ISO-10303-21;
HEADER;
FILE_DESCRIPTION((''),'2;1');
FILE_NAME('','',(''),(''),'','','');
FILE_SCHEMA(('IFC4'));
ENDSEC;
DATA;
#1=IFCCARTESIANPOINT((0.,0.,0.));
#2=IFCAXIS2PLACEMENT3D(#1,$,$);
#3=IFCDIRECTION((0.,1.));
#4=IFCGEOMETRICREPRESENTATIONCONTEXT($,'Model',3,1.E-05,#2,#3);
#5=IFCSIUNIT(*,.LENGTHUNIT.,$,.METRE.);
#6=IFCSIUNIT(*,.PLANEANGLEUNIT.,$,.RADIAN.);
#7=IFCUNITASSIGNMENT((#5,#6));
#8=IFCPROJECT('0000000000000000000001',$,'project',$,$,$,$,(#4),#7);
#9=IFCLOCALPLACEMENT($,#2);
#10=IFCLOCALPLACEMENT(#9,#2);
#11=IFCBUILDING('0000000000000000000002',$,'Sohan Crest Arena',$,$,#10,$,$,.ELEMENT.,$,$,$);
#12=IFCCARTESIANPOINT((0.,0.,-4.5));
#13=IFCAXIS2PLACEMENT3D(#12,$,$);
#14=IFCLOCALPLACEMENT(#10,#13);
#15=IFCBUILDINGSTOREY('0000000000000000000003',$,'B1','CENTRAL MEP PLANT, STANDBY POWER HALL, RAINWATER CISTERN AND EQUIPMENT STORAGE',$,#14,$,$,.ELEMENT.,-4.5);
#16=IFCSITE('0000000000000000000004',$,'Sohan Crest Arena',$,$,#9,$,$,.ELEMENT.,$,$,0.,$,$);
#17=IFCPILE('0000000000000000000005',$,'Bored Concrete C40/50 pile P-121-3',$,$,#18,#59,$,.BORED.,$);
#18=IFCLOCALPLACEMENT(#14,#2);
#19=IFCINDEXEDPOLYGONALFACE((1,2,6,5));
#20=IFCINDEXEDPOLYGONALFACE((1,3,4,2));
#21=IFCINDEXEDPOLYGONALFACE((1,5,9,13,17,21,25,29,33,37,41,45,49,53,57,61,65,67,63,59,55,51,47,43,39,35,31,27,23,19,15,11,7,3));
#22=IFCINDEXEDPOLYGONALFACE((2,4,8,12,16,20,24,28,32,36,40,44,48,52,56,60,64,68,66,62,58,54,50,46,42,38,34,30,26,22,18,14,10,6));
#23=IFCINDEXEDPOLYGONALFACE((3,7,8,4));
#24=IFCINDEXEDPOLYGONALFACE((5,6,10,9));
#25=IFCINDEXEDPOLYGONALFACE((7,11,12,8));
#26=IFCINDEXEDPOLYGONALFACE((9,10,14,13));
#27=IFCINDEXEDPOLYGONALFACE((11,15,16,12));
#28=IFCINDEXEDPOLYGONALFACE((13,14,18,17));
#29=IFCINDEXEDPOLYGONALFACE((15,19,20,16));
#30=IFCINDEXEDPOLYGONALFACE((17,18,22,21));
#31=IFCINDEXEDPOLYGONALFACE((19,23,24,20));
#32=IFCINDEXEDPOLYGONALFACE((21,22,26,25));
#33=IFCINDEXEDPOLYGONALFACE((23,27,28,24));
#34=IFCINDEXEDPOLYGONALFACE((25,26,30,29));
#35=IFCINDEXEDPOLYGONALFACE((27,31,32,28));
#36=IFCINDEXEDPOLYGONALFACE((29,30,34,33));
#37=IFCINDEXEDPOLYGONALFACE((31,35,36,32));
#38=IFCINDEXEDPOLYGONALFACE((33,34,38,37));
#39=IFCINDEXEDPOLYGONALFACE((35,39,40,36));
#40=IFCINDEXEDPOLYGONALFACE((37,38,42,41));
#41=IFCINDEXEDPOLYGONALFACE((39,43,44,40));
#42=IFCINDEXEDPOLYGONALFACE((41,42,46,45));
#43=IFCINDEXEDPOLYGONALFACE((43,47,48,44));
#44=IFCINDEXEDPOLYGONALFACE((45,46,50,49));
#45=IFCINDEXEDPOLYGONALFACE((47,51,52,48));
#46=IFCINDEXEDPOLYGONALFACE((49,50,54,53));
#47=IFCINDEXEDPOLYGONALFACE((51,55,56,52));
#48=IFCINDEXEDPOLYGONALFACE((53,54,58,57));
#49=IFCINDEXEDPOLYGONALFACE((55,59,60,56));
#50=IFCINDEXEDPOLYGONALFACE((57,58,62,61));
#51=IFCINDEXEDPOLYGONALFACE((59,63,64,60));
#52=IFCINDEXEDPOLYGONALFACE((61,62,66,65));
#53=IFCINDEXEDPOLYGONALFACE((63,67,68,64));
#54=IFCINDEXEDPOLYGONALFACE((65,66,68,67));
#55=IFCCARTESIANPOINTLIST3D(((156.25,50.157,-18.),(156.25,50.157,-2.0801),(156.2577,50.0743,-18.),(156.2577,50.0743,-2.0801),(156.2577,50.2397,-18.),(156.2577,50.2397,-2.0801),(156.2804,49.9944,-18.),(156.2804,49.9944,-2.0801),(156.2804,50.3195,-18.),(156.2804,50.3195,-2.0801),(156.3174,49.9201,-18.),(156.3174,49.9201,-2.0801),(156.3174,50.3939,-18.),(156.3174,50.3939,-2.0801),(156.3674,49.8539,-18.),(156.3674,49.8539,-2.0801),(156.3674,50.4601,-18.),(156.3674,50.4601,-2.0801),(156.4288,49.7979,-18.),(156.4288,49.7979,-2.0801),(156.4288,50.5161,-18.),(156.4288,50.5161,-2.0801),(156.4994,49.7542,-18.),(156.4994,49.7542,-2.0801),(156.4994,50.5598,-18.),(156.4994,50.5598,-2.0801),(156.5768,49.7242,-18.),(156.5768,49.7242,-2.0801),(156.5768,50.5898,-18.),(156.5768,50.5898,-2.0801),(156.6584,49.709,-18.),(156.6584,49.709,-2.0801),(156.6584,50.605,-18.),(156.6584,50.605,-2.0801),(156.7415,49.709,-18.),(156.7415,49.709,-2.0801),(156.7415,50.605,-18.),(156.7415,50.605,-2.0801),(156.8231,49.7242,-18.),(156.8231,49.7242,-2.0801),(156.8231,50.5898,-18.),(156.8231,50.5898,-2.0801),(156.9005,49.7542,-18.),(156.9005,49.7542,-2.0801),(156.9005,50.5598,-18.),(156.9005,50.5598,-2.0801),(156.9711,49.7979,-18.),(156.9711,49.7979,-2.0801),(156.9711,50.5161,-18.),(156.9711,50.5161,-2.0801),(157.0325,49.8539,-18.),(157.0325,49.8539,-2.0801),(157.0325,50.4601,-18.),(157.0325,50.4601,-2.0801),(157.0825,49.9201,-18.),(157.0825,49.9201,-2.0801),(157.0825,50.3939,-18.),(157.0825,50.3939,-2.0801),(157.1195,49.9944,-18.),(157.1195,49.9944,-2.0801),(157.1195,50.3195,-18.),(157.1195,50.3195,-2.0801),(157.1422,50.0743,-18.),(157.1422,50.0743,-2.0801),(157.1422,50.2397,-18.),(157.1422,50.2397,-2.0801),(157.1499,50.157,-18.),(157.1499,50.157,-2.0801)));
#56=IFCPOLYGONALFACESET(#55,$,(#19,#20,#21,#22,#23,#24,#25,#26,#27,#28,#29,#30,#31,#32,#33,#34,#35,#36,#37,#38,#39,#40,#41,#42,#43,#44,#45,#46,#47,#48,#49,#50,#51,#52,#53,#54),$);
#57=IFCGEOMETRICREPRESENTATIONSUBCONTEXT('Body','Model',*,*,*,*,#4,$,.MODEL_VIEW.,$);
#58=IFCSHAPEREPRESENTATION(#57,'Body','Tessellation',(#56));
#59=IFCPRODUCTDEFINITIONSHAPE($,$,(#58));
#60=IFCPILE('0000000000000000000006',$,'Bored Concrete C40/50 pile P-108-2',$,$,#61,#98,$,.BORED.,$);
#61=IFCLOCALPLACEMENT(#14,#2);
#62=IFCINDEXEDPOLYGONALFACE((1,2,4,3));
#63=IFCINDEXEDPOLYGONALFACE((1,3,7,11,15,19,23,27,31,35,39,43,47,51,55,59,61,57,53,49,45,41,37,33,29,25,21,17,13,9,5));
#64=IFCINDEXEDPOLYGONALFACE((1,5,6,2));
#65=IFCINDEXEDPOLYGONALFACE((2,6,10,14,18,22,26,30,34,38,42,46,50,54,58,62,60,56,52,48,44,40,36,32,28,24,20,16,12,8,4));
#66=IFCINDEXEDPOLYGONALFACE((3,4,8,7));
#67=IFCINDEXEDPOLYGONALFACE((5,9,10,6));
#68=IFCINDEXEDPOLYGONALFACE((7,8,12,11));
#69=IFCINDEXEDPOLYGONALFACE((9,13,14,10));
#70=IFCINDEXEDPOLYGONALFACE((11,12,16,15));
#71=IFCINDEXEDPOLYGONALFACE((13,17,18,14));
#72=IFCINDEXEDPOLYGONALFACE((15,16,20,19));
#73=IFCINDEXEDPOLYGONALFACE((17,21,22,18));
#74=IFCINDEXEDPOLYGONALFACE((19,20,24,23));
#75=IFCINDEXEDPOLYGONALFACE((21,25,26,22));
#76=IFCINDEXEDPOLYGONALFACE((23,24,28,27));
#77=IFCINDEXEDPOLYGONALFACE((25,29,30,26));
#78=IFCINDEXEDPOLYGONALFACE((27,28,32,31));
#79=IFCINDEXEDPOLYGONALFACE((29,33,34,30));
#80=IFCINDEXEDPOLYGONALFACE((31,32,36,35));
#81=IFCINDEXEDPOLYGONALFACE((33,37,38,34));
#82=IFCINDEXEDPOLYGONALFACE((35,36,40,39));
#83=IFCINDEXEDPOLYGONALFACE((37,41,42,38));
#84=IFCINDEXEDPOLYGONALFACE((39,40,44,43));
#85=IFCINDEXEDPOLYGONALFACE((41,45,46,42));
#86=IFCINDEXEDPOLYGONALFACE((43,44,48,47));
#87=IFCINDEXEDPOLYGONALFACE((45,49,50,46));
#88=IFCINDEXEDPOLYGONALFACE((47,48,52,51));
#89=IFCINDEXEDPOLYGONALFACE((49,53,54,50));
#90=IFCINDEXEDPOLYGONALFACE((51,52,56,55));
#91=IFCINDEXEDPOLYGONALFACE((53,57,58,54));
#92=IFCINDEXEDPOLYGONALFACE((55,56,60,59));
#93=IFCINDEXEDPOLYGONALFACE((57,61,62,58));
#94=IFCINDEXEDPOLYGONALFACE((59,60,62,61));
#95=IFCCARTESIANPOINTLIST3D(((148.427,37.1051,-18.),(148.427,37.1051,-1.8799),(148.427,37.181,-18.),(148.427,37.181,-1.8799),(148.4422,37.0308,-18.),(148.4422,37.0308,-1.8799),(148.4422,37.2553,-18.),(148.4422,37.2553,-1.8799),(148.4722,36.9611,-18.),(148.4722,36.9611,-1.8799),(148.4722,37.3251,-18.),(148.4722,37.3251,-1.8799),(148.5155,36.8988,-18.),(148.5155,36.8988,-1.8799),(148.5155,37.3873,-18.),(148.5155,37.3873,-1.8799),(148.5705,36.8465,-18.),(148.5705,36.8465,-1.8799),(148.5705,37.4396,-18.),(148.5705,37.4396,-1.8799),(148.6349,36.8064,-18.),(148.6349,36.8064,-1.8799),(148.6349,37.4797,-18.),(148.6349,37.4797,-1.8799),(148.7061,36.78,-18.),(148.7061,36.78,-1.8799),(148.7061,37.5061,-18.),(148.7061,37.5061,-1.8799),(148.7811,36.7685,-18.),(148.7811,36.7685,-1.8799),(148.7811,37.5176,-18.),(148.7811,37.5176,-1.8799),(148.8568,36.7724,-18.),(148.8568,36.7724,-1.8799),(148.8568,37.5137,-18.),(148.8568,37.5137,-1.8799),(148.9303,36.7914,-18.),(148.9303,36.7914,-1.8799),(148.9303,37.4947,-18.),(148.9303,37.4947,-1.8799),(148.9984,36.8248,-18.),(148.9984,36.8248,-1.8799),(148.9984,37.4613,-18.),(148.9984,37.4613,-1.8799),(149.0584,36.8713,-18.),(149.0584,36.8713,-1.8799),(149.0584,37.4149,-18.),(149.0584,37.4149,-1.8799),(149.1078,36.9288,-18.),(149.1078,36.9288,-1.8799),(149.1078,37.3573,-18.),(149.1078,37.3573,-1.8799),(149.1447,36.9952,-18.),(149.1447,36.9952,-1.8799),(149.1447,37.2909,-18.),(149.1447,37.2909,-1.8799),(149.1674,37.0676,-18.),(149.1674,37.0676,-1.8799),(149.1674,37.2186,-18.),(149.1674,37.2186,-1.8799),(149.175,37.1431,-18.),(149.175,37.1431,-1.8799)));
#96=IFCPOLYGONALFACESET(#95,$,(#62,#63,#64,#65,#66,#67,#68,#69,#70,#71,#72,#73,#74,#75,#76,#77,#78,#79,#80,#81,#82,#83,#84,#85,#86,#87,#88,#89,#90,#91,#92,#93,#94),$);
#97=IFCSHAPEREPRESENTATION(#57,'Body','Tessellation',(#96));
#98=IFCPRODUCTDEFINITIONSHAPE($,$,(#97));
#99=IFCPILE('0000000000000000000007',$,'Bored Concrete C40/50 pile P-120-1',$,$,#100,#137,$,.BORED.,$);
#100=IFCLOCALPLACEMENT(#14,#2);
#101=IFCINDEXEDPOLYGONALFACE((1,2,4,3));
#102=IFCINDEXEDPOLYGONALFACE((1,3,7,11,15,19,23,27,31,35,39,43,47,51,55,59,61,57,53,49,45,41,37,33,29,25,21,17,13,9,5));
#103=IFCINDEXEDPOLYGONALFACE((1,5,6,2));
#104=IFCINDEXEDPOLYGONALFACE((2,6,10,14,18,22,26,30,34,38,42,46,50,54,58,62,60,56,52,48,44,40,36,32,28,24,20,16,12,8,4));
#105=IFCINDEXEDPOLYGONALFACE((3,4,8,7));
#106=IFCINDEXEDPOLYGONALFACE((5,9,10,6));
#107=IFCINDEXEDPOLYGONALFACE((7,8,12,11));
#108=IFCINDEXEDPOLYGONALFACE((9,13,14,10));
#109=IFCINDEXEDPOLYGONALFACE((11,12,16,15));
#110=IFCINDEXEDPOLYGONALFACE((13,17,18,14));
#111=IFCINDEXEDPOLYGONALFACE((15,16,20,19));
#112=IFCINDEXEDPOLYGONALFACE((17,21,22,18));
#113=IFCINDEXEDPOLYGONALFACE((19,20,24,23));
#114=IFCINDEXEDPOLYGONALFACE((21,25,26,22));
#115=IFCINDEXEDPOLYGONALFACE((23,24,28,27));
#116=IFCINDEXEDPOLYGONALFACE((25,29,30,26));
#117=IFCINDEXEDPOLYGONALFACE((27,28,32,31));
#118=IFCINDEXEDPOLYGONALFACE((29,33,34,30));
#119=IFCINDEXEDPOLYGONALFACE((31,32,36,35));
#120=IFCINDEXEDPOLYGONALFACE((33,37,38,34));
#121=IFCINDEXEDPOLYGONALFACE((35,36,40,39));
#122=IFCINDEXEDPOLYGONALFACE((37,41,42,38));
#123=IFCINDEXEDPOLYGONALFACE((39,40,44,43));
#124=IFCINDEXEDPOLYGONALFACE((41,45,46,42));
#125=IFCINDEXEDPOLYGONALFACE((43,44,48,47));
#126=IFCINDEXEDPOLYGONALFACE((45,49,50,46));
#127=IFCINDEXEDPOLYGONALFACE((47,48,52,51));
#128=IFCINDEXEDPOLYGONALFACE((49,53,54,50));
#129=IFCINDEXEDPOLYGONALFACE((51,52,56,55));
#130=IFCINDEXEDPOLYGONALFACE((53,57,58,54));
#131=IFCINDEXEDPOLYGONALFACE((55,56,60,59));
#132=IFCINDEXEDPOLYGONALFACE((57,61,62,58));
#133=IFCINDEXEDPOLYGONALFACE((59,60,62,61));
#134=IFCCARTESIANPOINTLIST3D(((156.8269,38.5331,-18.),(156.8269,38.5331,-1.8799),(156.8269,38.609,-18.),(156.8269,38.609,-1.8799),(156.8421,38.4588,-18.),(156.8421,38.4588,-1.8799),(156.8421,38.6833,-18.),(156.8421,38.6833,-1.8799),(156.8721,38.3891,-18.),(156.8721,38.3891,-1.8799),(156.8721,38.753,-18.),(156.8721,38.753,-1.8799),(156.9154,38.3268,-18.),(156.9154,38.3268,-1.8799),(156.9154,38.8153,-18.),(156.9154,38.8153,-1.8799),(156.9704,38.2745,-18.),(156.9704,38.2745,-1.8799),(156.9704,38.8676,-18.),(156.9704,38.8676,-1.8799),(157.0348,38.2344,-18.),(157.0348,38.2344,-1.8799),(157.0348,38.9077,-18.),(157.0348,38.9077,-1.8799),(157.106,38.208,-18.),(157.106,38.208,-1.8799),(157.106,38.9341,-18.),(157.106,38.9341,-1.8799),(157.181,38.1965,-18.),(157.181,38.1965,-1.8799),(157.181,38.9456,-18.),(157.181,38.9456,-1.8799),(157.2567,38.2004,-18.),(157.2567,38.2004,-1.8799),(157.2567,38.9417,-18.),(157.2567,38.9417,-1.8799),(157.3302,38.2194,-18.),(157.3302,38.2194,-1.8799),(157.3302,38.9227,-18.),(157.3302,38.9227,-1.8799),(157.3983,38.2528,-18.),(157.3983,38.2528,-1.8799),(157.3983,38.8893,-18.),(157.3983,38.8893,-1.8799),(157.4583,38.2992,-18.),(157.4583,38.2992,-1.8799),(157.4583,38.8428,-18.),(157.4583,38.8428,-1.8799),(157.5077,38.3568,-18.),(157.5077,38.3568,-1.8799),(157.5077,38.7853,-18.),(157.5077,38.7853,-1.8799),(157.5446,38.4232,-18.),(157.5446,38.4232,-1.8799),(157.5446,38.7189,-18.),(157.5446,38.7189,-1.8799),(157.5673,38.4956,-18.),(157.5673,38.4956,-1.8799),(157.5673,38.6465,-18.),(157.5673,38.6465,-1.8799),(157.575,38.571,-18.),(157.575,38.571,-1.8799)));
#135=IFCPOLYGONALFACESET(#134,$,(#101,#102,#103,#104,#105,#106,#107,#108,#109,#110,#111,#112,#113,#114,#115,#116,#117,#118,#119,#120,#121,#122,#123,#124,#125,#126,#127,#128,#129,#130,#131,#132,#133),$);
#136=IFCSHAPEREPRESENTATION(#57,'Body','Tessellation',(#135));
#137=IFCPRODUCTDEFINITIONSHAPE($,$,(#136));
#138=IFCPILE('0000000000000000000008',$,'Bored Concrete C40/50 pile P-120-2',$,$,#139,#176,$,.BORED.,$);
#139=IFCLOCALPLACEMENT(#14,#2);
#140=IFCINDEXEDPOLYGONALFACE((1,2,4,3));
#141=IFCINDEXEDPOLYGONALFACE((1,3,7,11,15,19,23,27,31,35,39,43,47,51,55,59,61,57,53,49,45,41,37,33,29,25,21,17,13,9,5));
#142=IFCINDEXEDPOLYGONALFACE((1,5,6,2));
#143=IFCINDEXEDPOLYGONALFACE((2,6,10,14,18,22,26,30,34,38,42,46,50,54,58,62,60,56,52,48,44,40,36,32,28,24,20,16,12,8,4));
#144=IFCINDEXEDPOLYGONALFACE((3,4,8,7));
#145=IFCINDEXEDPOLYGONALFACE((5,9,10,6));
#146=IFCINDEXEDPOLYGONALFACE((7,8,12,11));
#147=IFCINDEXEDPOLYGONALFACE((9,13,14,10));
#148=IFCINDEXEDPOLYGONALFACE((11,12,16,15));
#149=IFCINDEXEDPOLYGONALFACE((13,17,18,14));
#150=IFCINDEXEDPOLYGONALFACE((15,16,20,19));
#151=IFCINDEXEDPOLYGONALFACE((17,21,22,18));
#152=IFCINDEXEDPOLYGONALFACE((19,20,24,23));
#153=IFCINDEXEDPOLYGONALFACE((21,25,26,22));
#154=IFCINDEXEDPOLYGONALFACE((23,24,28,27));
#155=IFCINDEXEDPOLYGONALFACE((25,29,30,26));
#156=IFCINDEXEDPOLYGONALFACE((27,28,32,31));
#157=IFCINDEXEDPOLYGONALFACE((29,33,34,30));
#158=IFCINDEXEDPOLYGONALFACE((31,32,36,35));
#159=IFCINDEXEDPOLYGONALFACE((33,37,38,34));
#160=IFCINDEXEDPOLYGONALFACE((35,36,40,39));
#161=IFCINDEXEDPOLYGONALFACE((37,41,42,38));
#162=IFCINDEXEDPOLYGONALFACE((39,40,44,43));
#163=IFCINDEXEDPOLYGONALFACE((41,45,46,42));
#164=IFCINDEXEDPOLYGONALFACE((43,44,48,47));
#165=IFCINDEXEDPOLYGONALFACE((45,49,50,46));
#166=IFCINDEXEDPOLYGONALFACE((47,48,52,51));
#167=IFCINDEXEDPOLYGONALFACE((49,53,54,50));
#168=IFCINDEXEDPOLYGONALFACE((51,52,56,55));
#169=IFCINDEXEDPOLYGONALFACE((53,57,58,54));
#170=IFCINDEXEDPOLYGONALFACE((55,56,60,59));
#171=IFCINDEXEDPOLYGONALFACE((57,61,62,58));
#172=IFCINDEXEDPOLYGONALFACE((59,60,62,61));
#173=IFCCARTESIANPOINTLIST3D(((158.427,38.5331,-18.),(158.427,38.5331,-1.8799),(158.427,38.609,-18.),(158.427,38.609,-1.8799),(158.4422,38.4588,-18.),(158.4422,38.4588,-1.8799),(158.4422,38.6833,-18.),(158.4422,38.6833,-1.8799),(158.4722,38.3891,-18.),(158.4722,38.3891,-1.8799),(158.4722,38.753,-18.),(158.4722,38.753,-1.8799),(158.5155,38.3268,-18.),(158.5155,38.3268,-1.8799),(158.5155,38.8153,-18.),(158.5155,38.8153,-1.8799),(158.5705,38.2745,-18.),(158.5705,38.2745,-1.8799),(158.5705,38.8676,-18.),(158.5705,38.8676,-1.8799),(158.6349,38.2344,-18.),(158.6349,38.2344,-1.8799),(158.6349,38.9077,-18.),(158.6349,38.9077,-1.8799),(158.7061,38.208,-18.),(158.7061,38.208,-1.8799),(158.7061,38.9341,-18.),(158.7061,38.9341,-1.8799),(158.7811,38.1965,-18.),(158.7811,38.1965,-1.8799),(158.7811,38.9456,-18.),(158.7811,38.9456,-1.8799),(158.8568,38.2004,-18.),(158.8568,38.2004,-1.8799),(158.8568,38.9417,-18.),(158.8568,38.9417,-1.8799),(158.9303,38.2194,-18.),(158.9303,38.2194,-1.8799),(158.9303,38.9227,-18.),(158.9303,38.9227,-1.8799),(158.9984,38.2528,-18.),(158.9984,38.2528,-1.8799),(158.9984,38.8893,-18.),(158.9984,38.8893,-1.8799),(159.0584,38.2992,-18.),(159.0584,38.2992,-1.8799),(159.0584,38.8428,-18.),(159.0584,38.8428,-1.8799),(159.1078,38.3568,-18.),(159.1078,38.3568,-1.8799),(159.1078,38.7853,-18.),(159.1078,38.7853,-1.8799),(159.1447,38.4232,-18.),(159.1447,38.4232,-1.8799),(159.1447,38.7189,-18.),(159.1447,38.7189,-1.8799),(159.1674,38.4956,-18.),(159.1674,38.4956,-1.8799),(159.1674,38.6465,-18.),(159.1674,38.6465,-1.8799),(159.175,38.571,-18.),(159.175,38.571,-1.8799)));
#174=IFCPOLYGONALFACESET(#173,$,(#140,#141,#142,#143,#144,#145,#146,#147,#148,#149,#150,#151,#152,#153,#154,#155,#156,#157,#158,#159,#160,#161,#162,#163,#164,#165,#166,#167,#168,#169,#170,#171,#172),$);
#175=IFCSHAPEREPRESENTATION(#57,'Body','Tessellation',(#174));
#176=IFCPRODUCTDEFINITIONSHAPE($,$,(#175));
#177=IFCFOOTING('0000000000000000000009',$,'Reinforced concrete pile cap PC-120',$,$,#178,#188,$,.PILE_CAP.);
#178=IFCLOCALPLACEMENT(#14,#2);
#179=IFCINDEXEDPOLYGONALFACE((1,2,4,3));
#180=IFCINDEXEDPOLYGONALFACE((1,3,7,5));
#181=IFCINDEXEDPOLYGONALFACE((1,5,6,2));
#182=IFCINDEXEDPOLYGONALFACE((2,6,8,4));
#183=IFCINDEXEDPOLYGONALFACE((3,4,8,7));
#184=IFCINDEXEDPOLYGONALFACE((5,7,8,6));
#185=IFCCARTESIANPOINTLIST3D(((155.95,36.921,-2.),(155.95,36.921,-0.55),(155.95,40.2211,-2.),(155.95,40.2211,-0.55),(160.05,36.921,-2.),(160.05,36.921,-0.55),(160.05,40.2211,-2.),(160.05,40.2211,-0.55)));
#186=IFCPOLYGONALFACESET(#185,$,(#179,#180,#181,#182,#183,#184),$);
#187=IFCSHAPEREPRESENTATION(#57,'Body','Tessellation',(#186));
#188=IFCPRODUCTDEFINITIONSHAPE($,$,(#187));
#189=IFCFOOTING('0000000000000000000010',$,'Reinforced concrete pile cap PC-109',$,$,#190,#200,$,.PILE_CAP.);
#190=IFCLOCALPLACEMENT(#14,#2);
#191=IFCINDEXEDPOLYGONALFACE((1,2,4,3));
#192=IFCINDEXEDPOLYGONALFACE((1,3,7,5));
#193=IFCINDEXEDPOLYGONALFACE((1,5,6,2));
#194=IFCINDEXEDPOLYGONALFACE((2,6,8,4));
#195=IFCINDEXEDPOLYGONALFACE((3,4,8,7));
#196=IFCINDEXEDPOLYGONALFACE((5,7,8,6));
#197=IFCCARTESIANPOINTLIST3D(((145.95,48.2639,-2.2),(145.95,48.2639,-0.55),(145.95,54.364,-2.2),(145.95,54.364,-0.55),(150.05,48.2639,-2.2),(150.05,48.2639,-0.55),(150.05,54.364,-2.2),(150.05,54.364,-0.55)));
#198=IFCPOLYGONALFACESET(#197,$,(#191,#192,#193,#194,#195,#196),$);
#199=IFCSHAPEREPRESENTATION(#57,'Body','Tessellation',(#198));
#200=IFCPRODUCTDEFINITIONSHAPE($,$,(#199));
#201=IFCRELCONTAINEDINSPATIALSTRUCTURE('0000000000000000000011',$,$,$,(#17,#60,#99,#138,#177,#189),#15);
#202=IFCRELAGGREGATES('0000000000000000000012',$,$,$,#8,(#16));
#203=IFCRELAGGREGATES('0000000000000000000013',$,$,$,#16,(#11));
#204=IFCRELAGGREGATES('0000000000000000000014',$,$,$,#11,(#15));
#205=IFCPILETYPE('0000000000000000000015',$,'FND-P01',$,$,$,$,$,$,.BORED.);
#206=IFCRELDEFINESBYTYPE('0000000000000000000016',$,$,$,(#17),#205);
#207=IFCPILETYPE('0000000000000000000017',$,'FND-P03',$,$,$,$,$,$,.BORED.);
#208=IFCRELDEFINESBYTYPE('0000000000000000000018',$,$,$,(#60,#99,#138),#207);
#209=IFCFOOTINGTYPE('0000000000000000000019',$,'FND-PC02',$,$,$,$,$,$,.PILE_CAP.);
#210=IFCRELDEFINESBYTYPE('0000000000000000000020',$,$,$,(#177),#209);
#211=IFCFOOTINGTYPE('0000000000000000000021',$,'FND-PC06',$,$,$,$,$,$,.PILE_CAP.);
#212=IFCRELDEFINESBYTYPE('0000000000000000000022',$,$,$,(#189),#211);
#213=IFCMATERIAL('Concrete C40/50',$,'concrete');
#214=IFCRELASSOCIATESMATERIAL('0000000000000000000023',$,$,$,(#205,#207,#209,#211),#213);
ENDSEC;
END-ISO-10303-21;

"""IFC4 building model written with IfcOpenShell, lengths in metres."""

from ifc_helpers import new_model, si_unit, direction, frame, origin, origin_2d, place, context, subcontext, project, spatial, rectangle, circle, extrude, material, material_profile, profile_set, type_object, element, save


model = new_model("IFC4")

# Units and contexts
model_context = context("Model", 3, precision=1e-05, world=origin(), true_north=direction((0.0, 1.0)))
body_context = subcontext(model_context, "Body", "Model", "MODEL_VIEW")
ifc_project = project(units=[si_unit("LENGTHUNIT", "METRE"), si_unit("PLANEANGLEUNIT", "RADIAN")], contexts=[model_context])

# Site, building, storey
site_placement = place(None, origin())
site = spatial("IfcSite", under=ifc_project, at=site_placement, Name="Sohan Crest Arena", CompositionType="ELEMENT", RefElevation=0.0)
building_placement = place(site_placement, origin())
building = spatial("IfcBuilding", under=site, at=building_placement, Name="Sohan Crest Arena", CompositionType="ELEMENT")
storey_placement = place(building_placement, frame((0.0, 0.0, -4.5)))
storey = spatial("IfcBuildingStorey", under=building, at=storey_placement, Name="B1", Description="CENTRAL MEP PLANT, STANDBY POWER HALL, RAINWATER CISTERN AND EQUIPMENT STORAGE", CompositionType="ELEMENT", Elevation=-4.5)

# Shared definitions
ifc_material_1 = material(Name="Concrete C40/50", Category="concrete")

# Piles
ifc_material_profile_1 = material_profile(ifc_material_1, circle(Radius=0.45, at=origin_2d()), Name="PILE D900")
ifc_profile_set_1 = profile_set([ifc_material_profile_1], Name="Concrete C40/50")
pile_type_1 = type_object("IfcPileType", Name="FND-P01", PredefinedType="BORED", material=ifc_profile_set_1)
for number, where, z_axis, x_axis, name in (
    (1, (156.7, 50.157, -18.0), (0.0, 0.0, 1.0), (1.0, 0.0, 0.0), "Bored Concrete C40/50 pile P-121-3"),
):
    element("IfcPile", number, at=place(storey_placement, frame(where, z_axis=z_axis, x_axis=x_axis)), inside=storey, type_object=pile_type_1, Name=name, PredefinedType="BORED", context=body_context, shape_type="SweptSolid", body=[
        extrude(circle(Radius=0.45, at=origin_2d()), origin(), (0.0, 0.0, 1.0), 15.9199),
    ])
ifc_material_profile_2 = material_profile(ifc_material_1, circle(Radius=0.375, at=origin_2d()), Name="PILE D750")
ifc_profile_set_2 = profile_set([ifc_material_profile_2], Name="Concrete C40/50")
pile_type_2 = type_object("IfcPileType", Name="FND-P03", PredefinedType="BORED", material=ifc_profile_set_2)
for number, where, z_axis, x_axis, name in (
    (2, (148.8, 37.1431, -18.0), (0.0, 0.0, 1.0), (1.0, 0.0, 0.0), "Bored Concrete C40/50 pile P-108-2"),
    (3, (157.2, 38.571, -18.0), (0.0, 0.0, 1.0), (1.0, 0.0, 0.0), "Bored Concrete C40/50 pile P-120-1"),
    (4, (158.8, 38.571, -18.0), (0.0, 0.0, 1.0), (1.0, 0.0, 0.0), "Bored Concrete C40/50 pile P-120-2"),
):
    element("IfcPile", number, at=place(storey_placement, frame(where, z_axis=z_axis, x_axis=x_axis)), inside=storey, type_object=pile_type_2, Name=name, PredefinedType="BORED", context=body_context, shape_type="SweptSolid", body=[
        extrude(circle(Radius=0.375, at=origin_2d()), origin(), (0.0, 0.0, 1.0), 16.1201),
    ])

# Footings
footing_type_1 = type_object("IfcFootingType", Name="FND-PC02", PredefinedType="PILE_CAP", material=ifc_material_1)
footing_1_placement = place(storey_placement, frame((158.0, 38.571, -2.0), z_axis=(0.0, 0.0, 1.0), x_axis=(1.0, 0.0, 0.0)))
element("IfcFooting", 5, at=footing_1_placement, inside=storey, type_object=footing_type_1, Name="Reinforced concrete pile cap PC-120", PredefinedType="PILE_CAP", context=body_context, shape_type="SweptSolid", body=[
    extrude(rectangle(XDim=4.1001, YDim=3.3, at=origin_2d()), origin(), (0.0, 0.0, 1.0), 1.45),
])
footing_type_2 = type_object("IfcFootingType", Name="FND-PC06", PredefinedType="PILE_CAP", material=ifc_material_1)
footing_2_placement = place(storey_placement, frame((148.0, 51.314, -2.2), z_axis=(0.0, 0.0, 1.0), x_axis=(0.0, 1.0, 0.0)))
element("IfcFooting", 6, at=footing_2_placement, inside=storey, type_object=footing_type_2, Name="Reinforced concrete pile cap PC-109", PredefinedType="PILE_CAP", context=body_context, shape_type="SweptSolid", body=[
    extrude(rectangle(XDim=6.1001, YDim=4.1001, at=origin_2d()), origin(), (0.0, 0.0, 1.0), 1.6499),
])

save(model, "model.ifc")
